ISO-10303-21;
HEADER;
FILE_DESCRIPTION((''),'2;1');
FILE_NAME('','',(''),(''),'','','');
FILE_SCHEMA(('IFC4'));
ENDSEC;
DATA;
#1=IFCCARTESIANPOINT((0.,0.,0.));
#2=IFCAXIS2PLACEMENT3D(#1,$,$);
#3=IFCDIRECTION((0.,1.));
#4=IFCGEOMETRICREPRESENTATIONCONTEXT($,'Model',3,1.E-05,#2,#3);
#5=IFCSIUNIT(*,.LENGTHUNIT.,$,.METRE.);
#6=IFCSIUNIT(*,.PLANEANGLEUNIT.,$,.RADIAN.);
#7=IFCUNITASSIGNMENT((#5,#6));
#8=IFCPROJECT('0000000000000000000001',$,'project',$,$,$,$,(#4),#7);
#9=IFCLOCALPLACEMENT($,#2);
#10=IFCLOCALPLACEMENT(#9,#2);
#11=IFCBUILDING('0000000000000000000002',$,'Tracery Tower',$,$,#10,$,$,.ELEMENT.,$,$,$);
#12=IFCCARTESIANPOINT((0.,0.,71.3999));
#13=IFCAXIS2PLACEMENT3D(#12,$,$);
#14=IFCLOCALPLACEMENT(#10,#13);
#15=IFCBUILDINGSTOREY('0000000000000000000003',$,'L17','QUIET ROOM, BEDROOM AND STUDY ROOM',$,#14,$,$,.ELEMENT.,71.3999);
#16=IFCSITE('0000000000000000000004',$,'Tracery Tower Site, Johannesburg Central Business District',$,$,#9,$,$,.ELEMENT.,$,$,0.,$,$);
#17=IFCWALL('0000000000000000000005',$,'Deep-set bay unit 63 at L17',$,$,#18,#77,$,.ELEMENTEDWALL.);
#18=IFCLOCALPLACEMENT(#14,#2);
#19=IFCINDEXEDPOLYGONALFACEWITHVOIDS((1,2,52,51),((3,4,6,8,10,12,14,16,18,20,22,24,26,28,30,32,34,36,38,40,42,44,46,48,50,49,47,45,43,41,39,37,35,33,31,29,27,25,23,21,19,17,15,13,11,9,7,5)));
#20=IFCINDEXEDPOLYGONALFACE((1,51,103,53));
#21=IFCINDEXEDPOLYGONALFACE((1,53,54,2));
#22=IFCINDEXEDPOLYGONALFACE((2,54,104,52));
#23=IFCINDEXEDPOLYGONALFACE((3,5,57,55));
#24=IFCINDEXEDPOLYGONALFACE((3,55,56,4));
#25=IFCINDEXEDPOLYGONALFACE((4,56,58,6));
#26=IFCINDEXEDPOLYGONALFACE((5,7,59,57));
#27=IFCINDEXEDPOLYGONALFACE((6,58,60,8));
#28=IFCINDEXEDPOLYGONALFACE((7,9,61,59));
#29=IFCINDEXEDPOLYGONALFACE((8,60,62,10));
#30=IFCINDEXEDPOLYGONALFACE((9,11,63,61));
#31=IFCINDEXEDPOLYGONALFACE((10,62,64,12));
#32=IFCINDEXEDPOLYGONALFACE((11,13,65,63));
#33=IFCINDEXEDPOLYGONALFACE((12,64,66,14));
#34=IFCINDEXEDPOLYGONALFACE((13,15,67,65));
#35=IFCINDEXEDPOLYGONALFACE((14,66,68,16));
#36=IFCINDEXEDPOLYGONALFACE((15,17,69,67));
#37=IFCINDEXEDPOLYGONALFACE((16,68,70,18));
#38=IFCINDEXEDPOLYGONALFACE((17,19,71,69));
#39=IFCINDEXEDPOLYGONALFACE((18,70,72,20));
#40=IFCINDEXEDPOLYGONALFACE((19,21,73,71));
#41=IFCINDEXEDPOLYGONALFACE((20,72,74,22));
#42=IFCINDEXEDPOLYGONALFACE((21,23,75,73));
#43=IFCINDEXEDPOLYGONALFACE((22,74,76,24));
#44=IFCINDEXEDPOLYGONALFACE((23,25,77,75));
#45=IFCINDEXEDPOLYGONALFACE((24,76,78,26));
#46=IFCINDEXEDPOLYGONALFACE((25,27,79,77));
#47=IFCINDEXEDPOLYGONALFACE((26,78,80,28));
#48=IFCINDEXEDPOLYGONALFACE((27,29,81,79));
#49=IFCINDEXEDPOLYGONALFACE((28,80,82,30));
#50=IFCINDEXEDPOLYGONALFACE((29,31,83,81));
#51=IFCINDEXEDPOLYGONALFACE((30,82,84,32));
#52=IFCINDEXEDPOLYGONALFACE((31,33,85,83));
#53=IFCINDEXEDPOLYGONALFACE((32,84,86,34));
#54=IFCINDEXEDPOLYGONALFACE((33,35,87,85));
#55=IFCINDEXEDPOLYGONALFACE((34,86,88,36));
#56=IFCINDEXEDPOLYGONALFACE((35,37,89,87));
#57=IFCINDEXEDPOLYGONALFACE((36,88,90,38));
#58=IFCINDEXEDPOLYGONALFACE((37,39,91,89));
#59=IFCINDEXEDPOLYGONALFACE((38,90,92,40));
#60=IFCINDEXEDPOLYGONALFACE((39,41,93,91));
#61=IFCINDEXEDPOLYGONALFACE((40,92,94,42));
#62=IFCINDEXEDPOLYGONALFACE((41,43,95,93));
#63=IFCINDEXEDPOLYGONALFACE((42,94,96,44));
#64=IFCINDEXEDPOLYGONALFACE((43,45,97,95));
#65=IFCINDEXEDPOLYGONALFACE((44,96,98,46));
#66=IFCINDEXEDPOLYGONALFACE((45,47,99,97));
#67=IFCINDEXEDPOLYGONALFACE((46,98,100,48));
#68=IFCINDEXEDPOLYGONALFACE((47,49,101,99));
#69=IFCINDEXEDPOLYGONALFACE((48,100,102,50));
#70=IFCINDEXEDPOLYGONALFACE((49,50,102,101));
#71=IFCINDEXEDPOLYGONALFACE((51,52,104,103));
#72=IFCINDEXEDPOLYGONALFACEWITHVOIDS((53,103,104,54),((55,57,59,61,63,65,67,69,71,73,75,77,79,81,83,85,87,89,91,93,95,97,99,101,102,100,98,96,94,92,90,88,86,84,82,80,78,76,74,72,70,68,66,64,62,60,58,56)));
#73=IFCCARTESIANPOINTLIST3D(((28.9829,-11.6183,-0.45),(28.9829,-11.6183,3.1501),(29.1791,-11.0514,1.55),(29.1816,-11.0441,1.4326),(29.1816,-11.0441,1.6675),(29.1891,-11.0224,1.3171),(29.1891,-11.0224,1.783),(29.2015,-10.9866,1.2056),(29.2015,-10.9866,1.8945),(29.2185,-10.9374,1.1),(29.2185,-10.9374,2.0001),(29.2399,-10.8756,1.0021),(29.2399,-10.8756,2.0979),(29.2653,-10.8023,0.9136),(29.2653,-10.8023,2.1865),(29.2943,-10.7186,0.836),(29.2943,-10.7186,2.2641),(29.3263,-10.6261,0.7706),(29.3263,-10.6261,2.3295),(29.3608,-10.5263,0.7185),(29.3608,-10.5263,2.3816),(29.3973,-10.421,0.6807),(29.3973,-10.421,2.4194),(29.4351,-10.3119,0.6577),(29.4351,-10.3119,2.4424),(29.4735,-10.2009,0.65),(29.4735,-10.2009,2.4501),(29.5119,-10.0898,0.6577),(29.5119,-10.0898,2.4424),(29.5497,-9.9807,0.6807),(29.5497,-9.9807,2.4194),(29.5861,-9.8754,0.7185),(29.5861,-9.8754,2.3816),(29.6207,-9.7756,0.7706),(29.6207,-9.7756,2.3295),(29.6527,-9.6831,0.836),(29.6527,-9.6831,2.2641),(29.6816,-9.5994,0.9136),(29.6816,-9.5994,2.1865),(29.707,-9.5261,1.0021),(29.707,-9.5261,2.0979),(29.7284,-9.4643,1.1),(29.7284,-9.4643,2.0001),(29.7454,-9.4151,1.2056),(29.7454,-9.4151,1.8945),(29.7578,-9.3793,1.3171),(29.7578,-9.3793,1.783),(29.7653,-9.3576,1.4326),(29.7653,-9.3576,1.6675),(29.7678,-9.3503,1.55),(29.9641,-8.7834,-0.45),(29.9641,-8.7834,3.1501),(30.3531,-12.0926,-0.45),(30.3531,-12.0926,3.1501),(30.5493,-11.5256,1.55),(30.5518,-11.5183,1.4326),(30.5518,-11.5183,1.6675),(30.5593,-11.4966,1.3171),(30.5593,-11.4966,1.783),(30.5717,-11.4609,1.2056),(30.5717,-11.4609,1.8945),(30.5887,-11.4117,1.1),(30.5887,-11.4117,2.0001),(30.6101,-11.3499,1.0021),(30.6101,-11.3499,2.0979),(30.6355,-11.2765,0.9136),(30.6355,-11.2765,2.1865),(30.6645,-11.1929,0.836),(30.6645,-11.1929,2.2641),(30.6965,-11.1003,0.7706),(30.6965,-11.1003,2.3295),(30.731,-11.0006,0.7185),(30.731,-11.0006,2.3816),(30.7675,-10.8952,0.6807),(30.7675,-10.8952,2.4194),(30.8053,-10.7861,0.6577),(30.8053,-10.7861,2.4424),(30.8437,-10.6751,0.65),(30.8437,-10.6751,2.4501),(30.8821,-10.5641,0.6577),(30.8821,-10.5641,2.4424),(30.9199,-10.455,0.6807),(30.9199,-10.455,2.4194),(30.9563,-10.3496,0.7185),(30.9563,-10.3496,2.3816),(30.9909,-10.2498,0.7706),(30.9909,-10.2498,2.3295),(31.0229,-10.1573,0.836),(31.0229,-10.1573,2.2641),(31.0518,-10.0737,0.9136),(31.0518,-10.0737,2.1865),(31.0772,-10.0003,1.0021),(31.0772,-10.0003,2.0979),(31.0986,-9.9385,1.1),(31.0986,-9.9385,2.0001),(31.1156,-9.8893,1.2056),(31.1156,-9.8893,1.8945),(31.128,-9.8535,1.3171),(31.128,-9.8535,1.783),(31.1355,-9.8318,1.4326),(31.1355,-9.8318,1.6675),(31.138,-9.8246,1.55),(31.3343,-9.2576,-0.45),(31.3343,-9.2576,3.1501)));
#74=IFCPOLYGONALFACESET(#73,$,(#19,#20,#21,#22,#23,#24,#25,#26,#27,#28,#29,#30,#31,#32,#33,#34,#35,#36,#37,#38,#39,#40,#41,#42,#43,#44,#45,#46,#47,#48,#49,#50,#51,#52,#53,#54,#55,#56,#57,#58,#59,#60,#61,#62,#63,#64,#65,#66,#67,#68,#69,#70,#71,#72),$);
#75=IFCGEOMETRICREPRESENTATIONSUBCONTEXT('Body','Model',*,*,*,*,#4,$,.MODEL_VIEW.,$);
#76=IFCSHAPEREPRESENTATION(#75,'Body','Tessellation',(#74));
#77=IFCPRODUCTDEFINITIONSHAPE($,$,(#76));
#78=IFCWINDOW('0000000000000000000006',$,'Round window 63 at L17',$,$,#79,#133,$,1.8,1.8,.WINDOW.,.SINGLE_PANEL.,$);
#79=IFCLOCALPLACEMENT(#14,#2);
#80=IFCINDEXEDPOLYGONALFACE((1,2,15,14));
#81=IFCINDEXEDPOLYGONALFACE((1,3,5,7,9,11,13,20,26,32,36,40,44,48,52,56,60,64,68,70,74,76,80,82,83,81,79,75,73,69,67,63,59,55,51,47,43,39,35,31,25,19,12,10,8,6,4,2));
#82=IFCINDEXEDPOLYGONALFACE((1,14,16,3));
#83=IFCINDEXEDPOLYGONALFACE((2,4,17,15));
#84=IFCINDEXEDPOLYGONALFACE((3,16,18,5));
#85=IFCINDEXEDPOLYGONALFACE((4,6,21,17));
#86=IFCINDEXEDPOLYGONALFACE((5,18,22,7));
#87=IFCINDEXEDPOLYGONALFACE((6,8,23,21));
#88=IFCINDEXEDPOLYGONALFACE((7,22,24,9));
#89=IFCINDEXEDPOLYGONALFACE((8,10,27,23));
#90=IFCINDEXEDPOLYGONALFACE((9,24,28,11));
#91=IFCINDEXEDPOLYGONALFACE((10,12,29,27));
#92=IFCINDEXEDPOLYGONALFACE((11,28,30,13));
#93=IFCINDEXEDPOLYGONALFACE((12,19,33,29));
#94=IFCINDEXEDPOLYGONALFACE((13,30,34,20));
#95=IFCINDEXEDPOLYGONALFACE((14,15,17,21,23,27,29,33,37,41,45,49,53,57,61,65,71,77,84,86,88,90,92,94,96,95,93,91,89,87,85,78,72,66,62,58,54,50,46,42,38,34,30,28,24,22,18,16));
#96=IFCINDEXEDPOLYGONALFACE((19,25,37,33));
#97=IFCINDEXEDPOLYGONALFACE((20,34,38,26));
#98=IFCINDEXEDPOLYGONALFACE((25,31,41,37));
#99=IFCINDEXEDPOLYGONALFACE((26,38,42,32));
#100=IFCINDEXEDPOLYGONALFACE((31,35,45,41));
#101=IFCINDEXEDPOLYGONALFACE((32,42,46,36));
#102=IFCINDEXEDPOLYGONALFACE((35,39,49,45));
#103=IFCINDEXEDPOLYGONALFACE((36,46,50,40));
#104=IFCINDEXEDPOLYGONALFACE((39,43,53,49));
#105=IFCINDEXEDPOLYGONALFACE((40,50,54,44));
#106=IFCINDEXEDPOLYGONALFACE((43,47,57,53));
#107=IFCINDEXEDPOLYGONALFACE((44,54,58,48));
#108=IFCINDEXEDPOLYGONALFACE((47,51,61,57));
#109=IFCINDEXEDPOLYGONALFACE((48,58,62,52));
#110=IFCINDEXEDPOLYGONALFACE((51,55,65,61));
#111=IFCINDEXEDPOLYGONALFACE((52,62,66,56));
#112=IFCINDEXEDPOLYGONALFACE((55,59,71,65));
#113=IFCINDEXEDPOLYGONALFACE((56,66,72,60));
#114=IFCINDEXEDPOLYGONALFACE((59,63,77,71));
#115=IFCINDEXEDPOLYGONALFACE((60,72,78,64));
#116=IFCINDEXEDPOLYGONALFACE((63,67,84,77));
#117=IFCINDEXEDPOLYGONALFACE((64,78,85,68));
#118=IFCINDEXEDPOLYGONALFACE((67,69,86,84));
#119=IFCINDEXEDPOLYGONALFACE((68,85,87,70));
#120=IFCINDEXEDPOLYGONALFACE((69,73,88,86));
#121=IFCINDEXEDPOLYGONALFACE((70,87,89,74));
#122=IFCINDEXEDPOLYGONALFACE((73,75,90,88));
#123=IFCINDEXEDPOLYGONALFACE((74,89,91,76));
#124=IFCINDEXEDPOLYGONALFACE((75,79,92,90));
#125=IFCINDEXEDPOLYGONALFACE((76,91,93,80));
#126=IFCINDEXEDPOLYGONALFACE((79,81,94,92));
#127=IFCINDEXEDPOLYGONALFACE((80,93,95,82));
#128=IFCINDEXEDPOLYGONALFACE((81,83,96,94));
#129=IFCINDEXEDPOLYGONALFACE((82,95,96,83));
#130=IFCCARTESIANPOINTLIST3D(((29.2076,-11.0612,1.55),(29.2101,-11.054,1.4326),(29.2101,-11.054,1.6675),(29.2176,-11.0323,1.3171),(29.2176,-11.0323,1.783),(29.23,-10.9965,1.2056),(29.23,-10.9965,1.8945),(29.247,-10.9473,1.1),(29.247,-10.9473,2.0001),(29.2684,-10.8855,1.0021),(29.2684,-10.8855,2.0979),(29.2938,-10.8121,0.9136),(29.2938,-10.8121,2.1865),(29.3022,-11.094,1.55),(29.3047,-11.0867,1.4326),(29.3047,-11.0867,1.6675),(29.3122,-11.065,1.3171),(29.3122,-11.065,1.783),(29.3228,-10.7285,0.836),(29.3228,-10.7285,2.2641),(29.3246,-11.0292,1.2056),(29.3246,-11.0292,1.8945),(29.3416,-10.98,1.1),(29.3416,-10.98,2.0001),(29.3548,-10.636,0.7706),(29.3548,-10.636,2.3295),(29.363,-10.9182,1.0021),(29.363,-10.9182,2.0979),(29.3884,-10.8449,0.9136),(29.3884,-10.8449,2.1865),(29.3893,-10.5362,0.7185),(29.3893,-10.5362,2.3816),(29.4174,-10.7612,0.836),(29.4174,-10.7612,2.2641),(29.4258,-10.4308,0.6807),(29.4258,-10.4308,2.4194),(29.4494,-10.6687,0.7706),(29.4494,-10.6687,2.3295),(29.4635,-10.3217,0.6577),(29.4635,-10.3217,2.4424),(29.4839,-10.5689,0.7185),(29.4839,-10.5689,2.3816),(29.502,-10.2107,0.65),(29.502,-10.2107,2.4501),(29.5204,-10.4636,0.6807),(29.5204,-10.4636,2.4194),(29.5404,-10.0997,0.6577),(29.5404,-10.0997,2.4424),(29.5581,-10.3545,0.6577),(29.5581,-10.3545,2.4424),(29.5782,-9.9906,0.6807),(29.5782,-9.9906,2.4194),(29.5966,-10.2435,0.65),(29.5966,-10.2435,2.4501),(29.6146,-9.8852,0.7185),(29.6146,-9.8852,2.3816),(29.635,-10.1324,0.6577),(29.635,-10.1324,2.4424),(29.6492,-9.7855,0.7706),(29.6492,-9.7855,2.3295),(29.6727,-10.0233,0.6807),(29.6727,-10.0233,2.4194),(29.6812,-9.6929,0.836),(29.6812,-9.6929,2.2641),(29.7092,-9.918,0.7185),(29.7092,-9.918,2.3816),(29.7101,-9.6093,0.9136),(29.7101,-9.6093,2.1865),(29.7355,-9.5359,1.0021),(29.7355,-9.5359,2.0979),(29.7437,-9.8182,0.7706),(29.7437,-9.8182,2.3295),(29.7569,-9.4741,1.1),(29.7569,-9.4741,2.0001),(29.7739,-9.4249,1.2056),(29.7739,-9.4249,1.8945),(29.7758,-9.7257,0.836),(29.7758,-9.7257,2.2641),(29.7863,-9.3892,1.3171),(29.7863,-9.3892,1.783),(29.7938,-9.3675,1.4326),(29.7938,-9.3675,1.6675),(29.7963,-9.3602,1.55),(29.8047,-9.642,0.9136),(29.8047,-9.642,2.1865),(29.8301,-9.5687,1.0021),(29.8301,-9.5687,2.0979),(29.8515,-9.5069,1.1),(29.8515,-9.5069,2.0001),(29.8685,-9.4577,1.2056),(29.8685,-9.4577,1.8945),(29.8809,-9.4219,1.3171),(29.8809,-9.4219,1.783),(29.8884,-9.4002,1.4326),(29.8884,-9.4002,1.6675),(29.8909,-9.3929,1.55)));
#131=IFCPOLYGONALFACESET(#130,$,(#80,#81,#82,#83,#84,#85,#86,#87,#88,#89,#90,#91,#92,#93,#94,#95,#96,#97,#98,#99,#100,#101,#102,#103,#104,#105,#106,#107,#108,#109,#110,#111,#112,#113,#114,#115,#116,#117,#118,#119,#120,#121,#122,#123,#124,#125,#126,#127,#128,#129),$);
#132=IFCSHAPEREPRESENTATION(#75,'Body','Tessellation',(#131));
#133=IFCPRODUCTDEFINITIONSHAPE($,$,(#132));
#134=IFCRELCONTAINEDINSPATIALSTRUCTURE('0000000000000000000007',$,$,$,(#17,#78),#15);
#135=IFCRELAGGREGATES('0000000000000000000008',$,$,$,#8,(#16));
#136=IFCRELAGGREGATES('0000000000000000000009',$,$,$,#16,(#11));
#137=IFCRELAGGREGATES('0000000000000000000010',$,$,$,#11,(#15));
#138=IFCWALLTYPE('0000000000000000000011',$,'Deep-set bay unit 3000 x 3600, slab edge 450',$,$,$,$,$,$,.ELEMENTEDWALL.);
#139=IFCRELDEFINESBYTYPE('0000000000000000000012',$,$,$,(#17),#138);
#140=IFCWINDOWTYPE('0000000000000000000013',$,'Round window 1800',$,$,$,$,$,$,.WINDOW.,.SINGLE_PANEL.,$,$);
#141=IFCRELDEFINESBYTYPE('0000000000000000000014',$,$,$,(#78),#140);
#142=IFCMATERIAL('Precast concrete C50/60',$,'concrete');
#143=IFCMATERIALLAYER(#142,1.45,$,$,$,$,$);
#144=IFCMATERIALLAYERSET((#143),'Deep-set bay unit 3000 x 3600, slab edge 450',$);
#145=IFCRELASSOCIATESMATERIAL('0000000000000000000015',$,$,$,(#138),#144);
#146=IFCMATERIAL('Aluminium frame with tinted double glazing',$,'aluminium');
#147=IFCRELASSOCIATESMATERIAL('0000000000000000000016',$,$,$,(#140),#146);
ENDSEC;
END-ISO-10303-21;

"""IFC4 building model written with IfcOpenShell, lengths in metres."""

from ifc_helpers import new_model, si_unit, direction, frame, frame_2d, origin, origin_2d, place, context, subcontext, project, spatial, rectangle, circle, extrude, material, layer, layer_set, type_object, element, fill, save


model = new_model("IFC4")

# Units and contexts
model_context = context("Model", 3, precision=1e-05, world=origin(), true_north=direction((0.0, 1.0)))
body_context = subcontext(model_context, "Body", "Model", "MODEL_VIEW")
ifc_project = project(units=[si_unit("LENGTHUNIT", "METRE"), si_unit("PLANEANGLEUNIT", "RADIAN")], contexts=[model_context])

# Site, building, storey
site_placement = place(None, origin())
site = spatial("IfcSite", under=ifc_project, at=site_placement, Name="Tracery Tower Site, Johannesburg Central Business District", CompositionType="ELEMENT", RefElevation=0.0)
building_placement = place(site_placement, origin())
building = spatial("IfcBuilding", under=site, at=building_placement, Name="Tracery Tower", CompositionType="ELEMENT")
storey_placement = place(building_placement, frame((0.0, 0.0, 71.3999)))
storey = spatial("IfcBuildingStorey", under=building, at=storey_placement, Name="L17", Description="QUIET ROOM, BEDROOM AND STUDY ROOM", CompositionType="ELEMENT", Elevation=71.3999)

# Wall, opening, window
ifc_material_1 = material(Name="Precast concrete C50/60", Category="concrete")
ifc_layer_1 = layer(ifc_material_1, 1.45)
ifc_layer_set_1 = layer_set([ifc_layer_1], Name="Deep-set bay unit 3000 x 3600, slab edge 450")
wall_type_1 = type_object("IfcWallType", Name="Deep-set bay unit 3000 x 3600, slab edge 450", PredefinedType="ELEMENTEDWALL", material=ifc_layer_set_1)
wall_1_placement = place(storey_placement, frame((29.668, -11.8555, -0.45), z_axis=(0.0, 0.0, 1.0), x_axis=(0.327071, 0.945, 0.0)))
wall_1 = element("IfcWall", 1, at=wall_1_placement, inside=storey, type_object=wall_type_1, Name="Deep-set bay unit 63 at L17", PredefinedType="ELEMENTEDWALL", context=body_context, shape_type="SweptSolid", body=[
    extrude(rectangle(XDim=3.0, YDim=1.45, at=frame_2d((1.5, 0.0))), origin(), (0.0, 0.0, 1.0), 3.6001),
])
opening_1_placement = place(wall_1_placement, frame((1.5, 0.0, 2.0)))
opening_1 = element("IfcOpeningElement", 2, at=opening_1_placement, cuts=wall_1, PredefinedType="OPENING", context=body_context, shape_type="SweptSolid", body=[
    extrude(circle(Radius=0.9, at=origin_2d()), frame((0.0, 0.7349, 0.0), z_axis=(0.0, -1.0, 0.0), x_axis=(1.0, 0.0, 0.0)), (0.0, 0.0, 1.0), 1.47),
])
ifc_material_2 = material(Name="Aluminium frame with tinted double glazing", Category="aluminium")
window_type = type_object("IfcWindowType", Name="Round window 1800", PartitioningType="SINGLE_PANEL", PredefinedType="WINDOW", material=ifc_material_2)
window_1_placement = place(opening_1_placement, origin())
window_1 = element("IfcWindow", 3, at=window_1_placement, inside=storey, type_object=window_type, Name="Round window 63 at L17", OverallHeight=1.8, OverallWidth=1.8, PartitioningType="SINGLE_PANEL", PredefinedType="WINDOW", context=body_context, shape_type="SweptSolid", body=[
    extrude(circle(Radius=0.9, at=origin_2d()), frame((0.0, 0.6948, 0.0), z_axis=(0.0, -1.0, 0.0), x_axis=(1.0, 0.0, 0.0)), (0.0, 0.0, 1.0), 0.1001),
])
fill(opening_1, window_1)

save(model, "model.ifc")
